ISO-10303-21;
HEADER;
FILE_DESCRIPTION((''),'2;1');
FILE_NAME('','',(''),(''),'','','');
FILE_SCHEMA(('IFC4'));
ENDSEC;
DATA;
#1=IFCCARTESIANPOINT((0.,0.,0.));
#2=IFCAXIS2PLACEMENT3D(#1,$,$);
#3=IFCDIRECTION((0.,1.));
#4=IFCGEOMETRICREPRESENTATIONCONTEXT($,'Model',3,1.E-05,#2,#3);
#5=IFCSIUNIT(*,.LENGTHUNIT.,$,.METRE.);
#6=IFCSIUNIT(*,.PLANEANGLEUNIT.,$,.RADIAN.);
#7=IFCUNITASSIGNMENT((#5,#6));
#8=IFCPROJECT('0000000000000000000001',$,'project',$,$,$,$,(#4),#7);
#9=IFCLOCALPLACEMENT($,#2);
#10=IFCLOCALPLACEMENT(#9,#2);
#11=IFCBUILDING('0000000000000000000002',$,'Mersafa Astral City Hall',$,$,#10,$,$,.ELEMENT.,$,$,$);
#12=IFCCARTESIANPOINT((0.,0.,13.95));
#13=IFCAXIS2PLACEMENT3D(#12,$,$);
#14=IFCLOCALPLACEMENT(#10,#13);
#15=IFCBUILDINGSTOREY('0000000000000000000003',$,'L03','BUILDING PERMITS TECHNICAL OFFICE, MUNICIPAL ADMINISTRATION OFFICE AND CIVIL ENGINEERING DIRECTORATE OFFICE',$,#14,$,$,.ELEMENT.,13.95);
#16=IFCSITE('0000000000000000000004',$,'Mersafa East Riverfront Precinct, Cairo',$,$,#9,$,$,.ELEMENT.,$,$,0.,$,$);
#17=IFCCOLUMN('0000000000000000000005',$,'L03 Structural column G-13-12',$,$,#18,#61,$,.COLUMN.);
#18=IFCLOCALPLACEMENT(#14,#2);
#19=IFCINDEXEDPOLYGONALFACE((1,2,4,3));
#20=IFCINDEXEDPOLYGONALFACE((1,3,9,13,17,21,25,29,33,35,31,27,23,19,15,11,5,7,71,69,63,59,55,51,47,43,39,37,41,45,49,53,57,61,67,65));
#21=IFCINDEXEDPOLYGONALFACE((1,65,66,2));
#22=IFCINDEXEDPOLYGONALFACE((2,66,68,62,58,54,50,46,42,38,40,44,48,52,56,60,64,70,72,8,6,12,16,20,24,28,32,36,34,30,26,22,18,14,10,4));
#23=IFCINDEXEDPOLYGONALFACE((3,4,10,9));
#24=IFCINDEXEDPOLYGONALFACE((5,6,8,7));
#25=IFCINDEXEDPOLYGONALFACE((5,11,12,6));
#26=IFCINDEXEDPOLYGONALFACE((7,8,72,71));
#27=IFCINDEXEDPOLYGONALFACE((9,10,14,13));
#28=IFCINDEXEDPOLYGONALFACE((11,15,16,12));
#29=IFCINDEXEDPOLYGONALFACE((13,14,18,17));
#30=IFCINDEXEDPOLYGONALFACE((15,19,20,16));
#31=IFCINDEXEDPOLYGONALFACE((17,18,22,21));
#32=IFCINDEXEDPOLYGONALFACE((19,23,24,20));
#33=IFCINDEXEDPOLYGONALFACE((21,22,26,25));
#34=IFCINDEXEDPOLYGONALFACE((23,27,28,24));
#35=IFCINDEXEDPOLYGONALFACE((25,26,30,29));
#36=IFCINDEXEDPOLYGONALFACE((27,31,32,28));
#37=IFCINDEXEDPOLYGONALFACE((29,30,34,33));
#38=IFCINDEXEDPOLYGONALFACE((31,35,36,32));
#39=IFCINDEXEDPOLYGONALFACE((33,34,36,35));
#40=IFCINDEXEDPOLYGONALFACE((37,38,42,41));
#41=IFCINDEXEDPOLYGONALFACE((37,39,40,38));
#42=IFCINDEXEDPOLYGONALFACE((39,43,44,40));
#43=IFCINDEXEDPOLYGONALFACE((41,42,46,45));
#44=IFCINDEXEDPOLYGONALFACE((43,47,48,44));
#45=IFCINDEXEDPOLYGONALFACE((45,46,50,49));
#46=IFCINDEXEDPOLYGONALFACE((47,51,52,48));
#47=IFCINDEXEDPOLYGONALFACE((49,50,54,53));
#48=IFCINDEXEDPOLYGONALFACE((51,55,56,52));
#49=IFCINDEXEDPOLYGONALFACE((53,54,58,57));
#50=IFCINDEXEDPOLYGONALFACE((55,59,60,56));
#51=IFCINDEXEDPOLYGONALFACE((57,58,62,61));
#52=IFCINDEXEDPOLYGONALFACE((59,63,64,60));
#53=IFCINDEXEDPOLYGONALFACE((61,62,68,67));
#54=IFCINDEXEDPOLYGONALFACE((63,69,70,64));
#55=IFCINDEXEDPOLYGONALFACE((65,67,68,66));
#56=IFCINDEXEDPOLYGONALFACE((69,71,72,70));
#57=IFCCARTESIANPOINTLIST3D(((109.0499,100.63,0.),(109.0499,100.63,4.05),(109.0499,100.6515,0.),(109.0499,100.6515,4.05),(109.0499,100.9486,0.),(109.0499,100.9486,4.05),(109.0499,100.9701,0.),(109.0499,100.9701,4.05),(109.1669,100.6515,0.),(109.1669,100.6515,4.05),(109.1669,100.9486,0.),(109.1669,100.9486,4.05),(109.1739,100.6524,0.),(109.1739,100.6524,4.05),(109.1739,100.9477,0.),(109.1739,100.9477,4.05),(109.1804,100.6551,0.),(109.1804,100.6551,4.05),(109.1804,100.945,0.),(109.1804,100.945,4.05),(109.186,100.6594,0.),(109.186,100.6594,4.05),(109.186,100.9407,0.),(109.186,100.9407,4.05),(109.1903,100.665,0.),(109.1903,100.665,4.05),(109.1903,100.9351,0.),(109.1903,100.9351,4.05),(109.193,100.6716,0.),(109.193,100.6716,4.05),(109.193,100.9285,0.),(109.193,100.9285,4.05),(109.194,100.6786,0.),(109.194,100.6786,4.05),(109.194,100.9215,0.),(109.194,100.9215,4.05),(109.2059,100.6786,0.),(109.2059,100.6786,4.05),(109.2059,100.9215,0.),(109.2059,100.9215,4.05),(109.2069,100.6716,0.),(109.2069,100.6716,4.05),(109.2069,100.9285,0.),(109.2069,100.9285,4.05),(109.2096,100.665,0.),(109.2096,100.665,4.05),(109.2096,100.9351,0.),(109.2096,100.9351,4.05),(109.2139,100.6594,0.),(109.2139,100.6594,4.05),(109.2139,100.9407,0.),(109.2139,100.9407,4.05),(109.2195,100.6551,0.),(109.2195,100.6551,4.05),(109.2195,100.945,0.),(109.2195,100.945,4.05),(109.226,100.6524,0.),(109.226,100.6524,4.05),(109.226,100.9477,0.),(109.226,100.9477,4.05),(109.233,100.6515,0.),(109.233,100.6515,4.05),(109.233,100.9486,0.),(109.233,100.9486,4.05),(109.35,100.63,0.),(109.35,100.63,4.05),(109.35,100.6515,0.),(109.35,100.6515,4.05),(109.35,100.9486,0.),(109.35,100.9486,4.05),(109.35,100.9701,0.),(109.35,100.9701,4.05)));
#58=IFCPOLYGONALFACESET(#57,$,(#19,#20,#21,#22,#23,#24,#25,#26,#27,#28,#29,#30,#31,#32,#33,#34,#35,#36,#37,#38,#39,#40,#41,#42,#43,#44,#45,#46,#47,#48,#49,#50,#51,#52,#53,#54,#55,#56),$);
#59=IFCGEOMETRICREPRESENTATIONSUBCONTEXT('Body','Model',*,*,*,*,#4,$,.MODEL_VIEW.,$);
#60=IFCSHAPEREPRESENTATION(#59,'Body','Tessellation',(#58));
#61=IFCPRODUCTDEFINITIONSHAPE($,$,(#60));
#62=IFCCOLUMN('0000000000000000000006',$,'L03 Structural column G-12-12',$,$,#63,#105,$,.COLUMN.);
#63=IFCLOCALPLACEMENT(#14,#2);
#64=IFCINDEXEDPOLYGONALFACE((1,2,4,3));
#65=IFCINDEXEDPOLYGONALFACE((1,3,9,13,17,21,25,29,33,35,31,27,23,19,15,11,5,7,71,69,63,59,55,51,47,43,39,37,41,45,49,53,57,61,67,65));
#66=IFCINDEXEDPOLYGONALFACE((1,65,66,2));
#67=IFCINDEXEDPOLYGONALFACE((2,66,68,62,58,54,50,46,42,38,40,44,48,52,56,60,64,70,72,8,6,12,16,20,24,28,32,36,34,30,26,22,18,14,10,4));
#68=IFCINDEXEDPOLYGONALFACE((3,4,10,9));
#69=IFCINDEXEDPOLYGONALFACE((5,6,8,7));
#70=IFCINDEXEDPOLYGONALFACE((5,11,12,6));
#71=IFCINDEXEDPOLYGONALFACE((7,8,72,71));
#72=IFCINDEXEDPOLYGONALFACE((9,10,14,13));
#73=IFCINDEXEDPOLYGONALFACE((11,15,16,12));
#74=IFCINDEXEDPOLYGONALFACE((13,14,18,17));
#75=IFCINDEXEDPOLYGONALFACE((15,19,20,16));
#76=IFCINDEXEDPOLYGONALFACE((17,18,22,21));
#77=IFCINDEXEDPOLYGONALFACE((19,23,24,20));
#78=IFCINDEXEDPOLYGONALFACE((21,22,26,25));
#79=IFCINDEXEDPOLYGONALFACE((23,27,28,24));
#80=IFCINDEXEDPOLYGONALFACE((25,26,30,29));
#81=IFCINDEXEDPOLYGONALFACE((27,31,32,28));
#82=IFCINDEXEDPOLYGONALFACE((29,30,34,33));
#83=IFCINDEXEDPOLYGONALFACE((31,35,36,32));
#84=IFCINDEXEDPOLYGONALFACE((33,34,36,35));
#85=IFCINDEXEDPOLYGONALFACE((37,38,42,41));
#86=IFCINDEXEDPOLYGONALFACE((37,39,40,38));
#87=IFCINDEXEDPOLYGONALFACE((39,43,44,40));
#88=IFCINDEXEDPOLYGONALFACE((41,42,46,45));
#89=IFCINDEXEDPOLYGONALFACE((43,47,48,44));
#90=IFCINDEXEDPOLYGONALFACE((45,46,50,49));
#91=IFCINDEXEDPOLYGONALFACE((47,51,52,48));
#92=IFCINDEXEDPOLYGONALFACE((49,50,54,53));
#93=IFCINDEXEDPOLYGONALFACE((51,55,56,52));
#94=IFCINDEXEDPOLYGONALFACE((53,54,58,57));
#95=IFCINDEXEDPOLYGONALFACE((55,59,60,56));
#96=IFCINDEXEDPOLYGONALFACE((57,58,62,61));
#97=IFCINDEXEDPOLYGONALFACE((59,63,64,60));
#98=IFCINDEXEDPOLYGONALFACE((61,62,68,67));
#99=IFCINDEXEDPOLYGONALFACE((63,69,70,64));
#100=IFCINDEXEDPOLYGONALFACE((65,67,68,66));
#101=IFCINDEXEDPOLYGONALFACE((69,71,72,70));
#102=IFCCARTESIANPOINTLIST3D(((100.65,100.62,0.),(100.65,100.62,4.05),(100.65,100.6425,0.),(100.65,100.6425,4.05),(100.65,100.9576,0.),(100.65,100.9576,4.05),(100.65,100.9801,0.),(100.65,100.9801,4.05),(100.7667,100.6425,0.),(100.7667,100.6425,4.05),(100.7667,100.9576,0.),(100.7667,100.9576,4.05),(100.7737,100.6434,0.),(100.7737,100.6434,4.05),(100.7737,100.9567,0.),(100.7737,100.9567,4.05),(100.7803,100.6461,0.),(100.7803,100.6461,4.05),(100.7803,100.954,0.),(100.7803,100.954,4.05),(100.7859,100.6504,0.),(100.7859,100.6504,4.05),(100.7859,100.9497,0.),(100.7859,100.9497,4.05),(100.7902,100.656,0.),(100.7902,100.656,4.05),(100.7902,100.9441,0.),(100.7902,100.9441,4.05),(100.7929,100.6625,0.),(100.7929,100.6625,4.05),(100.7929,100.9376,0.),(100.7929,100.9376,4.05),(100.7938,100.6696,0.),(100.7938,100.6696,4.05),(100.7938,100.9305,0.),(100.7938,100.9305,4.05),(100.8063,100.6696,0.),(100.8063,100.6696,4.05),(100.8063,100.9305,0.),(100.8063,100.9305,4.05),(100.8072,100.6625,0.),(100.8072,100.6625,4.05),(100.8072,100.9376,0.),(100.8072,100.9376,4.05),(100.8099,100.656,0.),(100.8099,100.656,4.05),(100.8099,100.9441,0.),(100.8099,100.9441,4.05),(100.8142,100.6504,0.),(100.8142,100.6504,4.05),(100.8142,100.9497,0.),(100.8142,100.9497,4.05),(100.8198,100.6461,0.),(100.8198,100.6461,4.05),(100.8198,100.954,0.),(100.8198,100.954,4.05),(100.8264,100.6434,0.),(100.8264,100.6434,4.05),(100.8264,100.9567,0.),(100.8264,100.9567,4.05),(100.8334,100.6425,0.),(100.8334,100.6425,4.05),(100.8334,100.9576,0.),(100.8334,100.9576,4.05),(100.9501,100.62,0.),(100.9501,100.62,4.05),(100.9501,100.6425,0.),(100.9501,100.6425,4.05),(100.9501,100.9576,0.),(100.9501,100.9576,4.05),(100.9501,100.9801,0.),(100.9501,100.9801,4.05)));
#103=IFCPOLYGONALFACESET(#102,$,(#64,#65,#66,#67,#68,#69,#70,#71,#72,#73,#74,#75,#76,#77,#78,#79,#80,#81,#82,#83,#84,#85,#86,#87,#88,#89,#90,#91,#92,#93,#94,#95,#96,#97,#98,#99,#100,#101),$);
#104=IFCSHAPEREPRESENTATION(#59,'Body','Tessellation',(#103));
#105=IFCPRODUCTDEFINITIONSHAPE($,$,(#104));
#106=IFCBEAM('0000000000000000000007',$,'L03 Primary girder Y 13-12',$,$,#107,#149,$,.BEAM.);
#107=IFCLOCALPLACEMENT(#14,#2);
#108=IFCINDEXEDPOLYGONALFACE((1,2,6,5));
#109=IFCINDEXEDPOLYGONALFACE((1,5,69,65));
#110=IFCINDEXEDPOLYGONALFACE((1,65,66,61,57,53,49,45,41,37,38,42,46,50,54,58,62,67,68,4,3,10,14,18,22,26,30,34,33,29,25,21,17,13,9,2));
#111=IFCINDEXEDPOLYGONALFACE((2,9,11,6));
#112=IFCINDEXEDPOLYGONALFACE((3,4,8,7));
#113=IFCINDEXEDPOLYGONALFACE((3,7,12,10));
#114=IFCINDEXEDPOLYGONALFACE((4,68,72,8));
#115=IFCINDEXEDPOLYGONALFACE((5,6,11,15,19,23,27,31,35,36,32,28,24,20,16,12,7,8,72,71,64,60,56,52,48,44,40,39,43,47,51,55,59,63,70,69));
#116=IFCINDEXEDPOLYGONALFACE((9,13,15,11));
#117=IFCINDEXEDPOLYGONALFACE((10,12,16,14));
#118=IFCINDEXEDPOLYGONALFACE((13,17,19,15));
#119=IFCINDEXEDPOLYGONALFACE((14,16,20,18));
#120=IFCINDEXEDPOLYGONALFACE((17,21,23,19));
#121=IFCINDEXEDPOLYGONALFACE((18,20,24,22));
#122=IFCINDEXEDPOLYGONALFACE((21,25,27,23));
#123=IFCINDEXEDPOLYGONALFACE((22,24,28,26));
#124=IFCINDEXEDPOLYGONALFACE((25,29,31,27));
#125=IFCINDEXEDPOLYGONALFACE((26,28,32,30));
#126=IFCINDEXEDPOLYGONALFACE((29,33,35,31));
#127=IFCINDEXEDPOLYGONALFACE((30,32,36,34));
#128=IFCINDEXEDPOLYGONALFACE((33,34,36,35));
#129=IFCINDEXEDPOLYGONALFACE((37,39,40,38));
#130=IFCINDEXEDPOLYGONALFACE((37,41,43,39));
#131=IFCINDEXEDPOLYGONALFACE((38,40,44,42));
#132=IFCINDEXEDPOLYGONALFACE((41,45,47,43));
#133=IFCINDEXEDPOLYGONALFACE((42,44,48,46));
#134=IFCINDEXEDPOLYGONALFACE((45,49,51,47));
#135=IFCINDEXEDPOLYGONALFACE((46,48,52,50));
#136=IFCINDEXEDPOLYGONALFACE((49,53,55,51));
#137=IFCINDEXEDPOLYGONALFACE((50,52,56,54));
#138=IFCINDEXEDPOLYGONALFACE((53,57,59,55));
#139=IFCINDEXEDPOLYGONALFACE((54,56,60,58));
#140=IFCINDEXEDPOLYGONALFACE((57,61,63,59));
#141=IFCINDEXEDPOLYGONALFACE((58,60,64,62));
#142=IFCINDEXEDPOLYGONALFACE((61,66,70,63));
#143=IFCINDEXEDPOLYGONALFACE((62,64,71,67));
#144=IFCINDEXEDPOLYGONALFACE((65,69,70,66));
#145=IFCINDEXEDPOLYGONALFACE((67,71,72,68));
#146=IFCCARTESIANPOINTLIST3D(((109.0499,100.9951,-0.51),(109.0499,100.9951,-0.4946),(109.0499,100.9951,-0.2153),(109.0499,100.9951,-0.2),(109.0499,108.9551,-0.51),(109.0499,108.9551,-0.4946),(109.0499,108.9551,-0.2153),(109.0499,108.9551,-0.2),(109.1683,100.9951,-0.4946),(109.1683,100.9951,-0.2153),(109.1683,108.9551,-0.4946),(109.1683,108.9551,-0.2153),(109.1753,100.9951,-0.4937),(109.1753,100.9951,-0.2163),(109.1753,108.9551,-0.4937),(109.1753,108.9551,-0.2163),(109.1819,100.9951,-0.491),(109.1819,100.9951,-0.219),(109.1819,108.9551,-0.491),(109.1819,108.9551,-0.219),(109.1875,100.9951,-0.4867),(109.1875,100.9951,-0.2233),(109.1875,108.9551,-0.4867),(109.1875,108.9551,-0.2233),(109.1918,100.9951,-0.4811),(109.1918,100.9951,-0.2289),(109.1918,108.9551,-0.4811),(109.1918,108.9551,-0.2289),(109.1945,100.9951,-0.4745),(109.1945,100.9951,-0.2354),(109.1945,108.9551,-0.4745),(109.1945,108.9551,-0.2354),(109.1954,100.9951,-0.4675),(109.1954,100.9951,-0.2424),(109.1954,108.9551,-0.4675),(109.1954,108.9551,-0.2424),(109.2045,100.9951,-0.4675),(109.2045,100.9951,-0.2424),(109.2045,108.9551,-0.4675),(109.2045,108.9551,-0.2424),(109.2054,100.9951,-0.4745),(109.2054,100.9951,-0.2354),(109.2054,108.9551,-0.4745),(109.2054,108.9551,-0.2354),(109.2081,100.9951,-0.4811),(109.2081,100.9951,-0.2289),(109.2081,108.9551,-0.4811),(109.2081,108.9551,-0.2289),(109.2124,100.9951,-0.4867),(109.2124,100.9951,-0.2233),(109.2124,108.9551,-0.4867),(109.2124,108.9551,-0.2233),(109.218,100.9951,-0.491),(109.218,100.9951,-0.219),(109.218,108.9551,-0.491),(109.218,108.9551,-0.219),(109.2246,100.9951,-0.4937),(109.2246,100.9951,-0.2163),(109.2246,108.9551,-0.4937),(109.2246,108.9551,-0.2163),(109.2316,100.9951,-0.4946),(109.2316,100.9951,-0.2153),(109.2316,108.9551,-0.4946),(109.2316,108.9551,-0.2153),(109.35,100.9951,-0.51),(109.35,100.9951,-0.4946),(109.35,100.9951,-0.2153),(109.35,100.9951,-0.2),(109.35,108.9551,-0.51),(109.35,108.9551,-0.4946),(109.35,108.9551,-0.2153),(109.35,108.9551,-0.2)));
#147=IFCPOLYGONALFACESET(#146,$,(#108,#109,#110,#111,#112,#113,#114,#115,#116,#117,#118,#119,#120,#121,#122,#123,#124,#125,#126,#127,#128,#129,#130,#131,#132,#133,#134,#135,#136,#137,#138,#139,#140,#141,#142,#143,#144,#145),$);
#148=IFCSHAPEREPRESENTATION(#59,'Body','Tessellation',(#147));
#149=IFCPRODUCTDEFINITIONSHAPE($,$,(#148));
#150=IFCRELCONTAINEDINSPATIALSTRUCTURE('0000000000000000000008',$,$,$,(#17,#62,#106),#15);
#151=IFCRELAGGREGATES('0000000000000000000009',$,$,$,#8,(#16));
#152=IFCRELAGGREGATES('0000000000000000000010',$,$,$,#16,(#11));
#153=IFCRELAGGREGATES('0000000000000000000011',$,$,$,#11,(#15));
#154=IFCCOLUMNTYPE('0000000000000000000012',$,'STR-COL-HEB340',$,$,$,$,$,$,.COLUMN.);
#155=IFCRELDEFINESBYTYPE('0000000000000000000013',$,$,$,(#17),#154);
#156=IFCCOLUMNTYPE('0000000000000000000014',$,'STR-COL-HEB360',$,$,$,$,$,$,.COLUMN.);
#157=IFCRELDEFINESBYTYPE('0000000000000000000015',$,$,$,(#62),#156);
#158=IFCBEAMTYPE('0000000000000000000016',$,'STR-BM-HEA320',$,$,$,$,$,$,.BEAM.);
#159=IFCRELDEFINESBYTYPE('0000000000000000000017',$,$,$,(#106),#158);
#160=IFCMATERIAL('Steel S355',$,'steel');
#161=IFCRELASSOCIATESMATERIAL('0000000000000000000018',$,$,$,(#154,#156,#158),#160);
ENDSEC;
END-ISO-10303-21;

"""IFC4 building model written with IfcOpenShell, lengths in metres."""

from ifc_helpers import new_model, si_unit, direction, frame, origin, origin_2d, place, context, subcontext, project, spatial, i_section, extrude, material, material_profile, profile_set, type_object, element, save


model = new_model("IFC4")

# Units and contexts
model_context = context("Model", 3, precision=1e-05, world=origin(), true_north=direction((0.0, 1.0)))
body_context = subcontext(model_context, "Body", "Model", "MODEL_VIEW")
ifc_project = project(units=[si_unit("LENGTHUNIT", "METRE"), si_unit("PLANEANGLEUNIT", "RADIAN")], contexts=[model_context])

# Site, building, storey
site_placement = place(None, origin())
site = spatial("IfcSite", under=ifc_project, at=site_placement, Name="Mersafa East Riverfront Precinct, Cairo", CompositionType="ELEMENT", RefElevation=0.0)
building_placement = place(site_placement, origin())
building = spatial("IfcBuilding", under=site, at=building_placement, Name="Mersafa Astral City Hall", CompositionType="ELEMENT")
storey_placement = place(building_placement, frame((0.0, 0.0, 13.95)))
storey = spatial("IfcBuildingStorey", under=building, at=storey_placement, Name="L03", Description="BUILDING PERMITS TECHNICAL OFFICE, MUNICIPAL ADMINISTRATION OFFICE AND CIVIL ENGINEERING DIRECTORATE OFFICE", CompositionType="ELEMENT", Elevation=13.95)

# Columns
ifc_material_1 = material(Name="Steel S355", Category="steel")
ifc_material_profile_1 = material_profile(ifc_material_1, i_section(OverallWidth=0.3, OverallDepth=0.3401, WebThickness=0.012, FlangeThickness=0.0215, FilletRadius=0.0271, at=origin_2d()), Name="HEB 340")
ifc_profile_set_1 = profile_set([ifc_material_profile_1], Name="Steel S355")
column_type_1 = type_object("IfcColumnType", Name="STR-COL-HEB340", PredefinedType="COLUMN", material=ifc_profile_set_1)
column_1_placement = place(storey_placement, frame((109.2, 100.8, 0.0), z_axis=(0.0, 0.0, 1.0), x_axis=(1.0, 0.0, 0.0)))
element("IfcColumn", 1, at=column_1_placement, inside=storey, type_object=column_type_1, Name="L03 Structural column G-13-12", PredefinedType="COLUMN", context=body_context, shape_type="SweptSolid", body=[
    extrude(i_section(OverallWidth=0.3, OverallDepth=0.3401, WebThickness=0.012, FlangeThickness=0.0215, FilletRadius=0.0271, at=origin_2d()), origin(), (0.0, 0.0, 1.0), 4.05),
])
ifc_material_profile_2 = material_profile(ifc_material_1, i_section(OverallWidth=0.3, OverallDepth=0.3601, WebThickness=0.0125, FlangeThickness=0.0225, FilletRadius=0.0271, at=origin_2d()), Name="HEB 360")
ifc_profile_set_2 = profile_set([ifc_material_profile_2], Name="Steel S355")
column_type_2 = type_object("IfcColumnType", Name="STR-COL-HEB360", PredefinedType="COLUMN", material=ifc_profile_set_2)
column_2_placement = place(storey_placement, frame((100.8, 100.8, 0.0), z_axis=(0.0, 0.0, 1.0), x_axis=(1.0, 0.0, 0.0)))
element("IfcColumn", 2, at=column_2_placement, inside=storey, type_object=column_type_2, Name="L03 Structural column G-12-12", PredefinedType="COLUMN", context=body_context, shape_type="SweptSolid", body=[
    extrude(i_section(OverallWidth=0.3, OverallDepth=0.3601, WebThickness=0.0125, FlangeThickness=0.0225, FilletRadius=0.0271, at=origin_2d()), origin(), (0.0, 0.0, 1.0), 4.05),
])

# Beam
ifc_material_profile_3 = material_profile(ifc_material_1, i_section(OverallWidth=0.3, OverallDepth=0.3101, WebThickness=0.009, FlangeThickness=0.0154, FilletRadius=0.0271, at=origin_2d()), Name="HEA 320")
ifc_profile_set_3 = profile_set([ifc_material_profile_3], Name="Steel S355")
beam_type_1 = type_object("IfcBeamType", Name="STR-BM-HEA320", PredefinedType="BEAM", material=ifc_profile_set_3)
beam_1_placement = place(storey_placement, frame((109.2, 100.9951, -0.355), z_axis=(0.0, 1.0, 0.0), x_axis=(-1.0, 0.0, 0.0)))
element("IfcBeam", 3, at=beam_1_placement, inside=storey, type_object=beam_type_1, Name="L03 Primary girder Y 13-12", PredefinedType="BEAM", context=body_context, shape_type="SweptSolid", body=[
    extrude(i_section(OverallWidth=0.3, OverallDepth=0.3101, WebThickness=0.009, FlangeThickness=0.0154, FilletRadius=0.0271, at=origin_2d()), origin(), (0.0, 0.0, 1.0), 7.96),
])

save(model, "model.ifc")
